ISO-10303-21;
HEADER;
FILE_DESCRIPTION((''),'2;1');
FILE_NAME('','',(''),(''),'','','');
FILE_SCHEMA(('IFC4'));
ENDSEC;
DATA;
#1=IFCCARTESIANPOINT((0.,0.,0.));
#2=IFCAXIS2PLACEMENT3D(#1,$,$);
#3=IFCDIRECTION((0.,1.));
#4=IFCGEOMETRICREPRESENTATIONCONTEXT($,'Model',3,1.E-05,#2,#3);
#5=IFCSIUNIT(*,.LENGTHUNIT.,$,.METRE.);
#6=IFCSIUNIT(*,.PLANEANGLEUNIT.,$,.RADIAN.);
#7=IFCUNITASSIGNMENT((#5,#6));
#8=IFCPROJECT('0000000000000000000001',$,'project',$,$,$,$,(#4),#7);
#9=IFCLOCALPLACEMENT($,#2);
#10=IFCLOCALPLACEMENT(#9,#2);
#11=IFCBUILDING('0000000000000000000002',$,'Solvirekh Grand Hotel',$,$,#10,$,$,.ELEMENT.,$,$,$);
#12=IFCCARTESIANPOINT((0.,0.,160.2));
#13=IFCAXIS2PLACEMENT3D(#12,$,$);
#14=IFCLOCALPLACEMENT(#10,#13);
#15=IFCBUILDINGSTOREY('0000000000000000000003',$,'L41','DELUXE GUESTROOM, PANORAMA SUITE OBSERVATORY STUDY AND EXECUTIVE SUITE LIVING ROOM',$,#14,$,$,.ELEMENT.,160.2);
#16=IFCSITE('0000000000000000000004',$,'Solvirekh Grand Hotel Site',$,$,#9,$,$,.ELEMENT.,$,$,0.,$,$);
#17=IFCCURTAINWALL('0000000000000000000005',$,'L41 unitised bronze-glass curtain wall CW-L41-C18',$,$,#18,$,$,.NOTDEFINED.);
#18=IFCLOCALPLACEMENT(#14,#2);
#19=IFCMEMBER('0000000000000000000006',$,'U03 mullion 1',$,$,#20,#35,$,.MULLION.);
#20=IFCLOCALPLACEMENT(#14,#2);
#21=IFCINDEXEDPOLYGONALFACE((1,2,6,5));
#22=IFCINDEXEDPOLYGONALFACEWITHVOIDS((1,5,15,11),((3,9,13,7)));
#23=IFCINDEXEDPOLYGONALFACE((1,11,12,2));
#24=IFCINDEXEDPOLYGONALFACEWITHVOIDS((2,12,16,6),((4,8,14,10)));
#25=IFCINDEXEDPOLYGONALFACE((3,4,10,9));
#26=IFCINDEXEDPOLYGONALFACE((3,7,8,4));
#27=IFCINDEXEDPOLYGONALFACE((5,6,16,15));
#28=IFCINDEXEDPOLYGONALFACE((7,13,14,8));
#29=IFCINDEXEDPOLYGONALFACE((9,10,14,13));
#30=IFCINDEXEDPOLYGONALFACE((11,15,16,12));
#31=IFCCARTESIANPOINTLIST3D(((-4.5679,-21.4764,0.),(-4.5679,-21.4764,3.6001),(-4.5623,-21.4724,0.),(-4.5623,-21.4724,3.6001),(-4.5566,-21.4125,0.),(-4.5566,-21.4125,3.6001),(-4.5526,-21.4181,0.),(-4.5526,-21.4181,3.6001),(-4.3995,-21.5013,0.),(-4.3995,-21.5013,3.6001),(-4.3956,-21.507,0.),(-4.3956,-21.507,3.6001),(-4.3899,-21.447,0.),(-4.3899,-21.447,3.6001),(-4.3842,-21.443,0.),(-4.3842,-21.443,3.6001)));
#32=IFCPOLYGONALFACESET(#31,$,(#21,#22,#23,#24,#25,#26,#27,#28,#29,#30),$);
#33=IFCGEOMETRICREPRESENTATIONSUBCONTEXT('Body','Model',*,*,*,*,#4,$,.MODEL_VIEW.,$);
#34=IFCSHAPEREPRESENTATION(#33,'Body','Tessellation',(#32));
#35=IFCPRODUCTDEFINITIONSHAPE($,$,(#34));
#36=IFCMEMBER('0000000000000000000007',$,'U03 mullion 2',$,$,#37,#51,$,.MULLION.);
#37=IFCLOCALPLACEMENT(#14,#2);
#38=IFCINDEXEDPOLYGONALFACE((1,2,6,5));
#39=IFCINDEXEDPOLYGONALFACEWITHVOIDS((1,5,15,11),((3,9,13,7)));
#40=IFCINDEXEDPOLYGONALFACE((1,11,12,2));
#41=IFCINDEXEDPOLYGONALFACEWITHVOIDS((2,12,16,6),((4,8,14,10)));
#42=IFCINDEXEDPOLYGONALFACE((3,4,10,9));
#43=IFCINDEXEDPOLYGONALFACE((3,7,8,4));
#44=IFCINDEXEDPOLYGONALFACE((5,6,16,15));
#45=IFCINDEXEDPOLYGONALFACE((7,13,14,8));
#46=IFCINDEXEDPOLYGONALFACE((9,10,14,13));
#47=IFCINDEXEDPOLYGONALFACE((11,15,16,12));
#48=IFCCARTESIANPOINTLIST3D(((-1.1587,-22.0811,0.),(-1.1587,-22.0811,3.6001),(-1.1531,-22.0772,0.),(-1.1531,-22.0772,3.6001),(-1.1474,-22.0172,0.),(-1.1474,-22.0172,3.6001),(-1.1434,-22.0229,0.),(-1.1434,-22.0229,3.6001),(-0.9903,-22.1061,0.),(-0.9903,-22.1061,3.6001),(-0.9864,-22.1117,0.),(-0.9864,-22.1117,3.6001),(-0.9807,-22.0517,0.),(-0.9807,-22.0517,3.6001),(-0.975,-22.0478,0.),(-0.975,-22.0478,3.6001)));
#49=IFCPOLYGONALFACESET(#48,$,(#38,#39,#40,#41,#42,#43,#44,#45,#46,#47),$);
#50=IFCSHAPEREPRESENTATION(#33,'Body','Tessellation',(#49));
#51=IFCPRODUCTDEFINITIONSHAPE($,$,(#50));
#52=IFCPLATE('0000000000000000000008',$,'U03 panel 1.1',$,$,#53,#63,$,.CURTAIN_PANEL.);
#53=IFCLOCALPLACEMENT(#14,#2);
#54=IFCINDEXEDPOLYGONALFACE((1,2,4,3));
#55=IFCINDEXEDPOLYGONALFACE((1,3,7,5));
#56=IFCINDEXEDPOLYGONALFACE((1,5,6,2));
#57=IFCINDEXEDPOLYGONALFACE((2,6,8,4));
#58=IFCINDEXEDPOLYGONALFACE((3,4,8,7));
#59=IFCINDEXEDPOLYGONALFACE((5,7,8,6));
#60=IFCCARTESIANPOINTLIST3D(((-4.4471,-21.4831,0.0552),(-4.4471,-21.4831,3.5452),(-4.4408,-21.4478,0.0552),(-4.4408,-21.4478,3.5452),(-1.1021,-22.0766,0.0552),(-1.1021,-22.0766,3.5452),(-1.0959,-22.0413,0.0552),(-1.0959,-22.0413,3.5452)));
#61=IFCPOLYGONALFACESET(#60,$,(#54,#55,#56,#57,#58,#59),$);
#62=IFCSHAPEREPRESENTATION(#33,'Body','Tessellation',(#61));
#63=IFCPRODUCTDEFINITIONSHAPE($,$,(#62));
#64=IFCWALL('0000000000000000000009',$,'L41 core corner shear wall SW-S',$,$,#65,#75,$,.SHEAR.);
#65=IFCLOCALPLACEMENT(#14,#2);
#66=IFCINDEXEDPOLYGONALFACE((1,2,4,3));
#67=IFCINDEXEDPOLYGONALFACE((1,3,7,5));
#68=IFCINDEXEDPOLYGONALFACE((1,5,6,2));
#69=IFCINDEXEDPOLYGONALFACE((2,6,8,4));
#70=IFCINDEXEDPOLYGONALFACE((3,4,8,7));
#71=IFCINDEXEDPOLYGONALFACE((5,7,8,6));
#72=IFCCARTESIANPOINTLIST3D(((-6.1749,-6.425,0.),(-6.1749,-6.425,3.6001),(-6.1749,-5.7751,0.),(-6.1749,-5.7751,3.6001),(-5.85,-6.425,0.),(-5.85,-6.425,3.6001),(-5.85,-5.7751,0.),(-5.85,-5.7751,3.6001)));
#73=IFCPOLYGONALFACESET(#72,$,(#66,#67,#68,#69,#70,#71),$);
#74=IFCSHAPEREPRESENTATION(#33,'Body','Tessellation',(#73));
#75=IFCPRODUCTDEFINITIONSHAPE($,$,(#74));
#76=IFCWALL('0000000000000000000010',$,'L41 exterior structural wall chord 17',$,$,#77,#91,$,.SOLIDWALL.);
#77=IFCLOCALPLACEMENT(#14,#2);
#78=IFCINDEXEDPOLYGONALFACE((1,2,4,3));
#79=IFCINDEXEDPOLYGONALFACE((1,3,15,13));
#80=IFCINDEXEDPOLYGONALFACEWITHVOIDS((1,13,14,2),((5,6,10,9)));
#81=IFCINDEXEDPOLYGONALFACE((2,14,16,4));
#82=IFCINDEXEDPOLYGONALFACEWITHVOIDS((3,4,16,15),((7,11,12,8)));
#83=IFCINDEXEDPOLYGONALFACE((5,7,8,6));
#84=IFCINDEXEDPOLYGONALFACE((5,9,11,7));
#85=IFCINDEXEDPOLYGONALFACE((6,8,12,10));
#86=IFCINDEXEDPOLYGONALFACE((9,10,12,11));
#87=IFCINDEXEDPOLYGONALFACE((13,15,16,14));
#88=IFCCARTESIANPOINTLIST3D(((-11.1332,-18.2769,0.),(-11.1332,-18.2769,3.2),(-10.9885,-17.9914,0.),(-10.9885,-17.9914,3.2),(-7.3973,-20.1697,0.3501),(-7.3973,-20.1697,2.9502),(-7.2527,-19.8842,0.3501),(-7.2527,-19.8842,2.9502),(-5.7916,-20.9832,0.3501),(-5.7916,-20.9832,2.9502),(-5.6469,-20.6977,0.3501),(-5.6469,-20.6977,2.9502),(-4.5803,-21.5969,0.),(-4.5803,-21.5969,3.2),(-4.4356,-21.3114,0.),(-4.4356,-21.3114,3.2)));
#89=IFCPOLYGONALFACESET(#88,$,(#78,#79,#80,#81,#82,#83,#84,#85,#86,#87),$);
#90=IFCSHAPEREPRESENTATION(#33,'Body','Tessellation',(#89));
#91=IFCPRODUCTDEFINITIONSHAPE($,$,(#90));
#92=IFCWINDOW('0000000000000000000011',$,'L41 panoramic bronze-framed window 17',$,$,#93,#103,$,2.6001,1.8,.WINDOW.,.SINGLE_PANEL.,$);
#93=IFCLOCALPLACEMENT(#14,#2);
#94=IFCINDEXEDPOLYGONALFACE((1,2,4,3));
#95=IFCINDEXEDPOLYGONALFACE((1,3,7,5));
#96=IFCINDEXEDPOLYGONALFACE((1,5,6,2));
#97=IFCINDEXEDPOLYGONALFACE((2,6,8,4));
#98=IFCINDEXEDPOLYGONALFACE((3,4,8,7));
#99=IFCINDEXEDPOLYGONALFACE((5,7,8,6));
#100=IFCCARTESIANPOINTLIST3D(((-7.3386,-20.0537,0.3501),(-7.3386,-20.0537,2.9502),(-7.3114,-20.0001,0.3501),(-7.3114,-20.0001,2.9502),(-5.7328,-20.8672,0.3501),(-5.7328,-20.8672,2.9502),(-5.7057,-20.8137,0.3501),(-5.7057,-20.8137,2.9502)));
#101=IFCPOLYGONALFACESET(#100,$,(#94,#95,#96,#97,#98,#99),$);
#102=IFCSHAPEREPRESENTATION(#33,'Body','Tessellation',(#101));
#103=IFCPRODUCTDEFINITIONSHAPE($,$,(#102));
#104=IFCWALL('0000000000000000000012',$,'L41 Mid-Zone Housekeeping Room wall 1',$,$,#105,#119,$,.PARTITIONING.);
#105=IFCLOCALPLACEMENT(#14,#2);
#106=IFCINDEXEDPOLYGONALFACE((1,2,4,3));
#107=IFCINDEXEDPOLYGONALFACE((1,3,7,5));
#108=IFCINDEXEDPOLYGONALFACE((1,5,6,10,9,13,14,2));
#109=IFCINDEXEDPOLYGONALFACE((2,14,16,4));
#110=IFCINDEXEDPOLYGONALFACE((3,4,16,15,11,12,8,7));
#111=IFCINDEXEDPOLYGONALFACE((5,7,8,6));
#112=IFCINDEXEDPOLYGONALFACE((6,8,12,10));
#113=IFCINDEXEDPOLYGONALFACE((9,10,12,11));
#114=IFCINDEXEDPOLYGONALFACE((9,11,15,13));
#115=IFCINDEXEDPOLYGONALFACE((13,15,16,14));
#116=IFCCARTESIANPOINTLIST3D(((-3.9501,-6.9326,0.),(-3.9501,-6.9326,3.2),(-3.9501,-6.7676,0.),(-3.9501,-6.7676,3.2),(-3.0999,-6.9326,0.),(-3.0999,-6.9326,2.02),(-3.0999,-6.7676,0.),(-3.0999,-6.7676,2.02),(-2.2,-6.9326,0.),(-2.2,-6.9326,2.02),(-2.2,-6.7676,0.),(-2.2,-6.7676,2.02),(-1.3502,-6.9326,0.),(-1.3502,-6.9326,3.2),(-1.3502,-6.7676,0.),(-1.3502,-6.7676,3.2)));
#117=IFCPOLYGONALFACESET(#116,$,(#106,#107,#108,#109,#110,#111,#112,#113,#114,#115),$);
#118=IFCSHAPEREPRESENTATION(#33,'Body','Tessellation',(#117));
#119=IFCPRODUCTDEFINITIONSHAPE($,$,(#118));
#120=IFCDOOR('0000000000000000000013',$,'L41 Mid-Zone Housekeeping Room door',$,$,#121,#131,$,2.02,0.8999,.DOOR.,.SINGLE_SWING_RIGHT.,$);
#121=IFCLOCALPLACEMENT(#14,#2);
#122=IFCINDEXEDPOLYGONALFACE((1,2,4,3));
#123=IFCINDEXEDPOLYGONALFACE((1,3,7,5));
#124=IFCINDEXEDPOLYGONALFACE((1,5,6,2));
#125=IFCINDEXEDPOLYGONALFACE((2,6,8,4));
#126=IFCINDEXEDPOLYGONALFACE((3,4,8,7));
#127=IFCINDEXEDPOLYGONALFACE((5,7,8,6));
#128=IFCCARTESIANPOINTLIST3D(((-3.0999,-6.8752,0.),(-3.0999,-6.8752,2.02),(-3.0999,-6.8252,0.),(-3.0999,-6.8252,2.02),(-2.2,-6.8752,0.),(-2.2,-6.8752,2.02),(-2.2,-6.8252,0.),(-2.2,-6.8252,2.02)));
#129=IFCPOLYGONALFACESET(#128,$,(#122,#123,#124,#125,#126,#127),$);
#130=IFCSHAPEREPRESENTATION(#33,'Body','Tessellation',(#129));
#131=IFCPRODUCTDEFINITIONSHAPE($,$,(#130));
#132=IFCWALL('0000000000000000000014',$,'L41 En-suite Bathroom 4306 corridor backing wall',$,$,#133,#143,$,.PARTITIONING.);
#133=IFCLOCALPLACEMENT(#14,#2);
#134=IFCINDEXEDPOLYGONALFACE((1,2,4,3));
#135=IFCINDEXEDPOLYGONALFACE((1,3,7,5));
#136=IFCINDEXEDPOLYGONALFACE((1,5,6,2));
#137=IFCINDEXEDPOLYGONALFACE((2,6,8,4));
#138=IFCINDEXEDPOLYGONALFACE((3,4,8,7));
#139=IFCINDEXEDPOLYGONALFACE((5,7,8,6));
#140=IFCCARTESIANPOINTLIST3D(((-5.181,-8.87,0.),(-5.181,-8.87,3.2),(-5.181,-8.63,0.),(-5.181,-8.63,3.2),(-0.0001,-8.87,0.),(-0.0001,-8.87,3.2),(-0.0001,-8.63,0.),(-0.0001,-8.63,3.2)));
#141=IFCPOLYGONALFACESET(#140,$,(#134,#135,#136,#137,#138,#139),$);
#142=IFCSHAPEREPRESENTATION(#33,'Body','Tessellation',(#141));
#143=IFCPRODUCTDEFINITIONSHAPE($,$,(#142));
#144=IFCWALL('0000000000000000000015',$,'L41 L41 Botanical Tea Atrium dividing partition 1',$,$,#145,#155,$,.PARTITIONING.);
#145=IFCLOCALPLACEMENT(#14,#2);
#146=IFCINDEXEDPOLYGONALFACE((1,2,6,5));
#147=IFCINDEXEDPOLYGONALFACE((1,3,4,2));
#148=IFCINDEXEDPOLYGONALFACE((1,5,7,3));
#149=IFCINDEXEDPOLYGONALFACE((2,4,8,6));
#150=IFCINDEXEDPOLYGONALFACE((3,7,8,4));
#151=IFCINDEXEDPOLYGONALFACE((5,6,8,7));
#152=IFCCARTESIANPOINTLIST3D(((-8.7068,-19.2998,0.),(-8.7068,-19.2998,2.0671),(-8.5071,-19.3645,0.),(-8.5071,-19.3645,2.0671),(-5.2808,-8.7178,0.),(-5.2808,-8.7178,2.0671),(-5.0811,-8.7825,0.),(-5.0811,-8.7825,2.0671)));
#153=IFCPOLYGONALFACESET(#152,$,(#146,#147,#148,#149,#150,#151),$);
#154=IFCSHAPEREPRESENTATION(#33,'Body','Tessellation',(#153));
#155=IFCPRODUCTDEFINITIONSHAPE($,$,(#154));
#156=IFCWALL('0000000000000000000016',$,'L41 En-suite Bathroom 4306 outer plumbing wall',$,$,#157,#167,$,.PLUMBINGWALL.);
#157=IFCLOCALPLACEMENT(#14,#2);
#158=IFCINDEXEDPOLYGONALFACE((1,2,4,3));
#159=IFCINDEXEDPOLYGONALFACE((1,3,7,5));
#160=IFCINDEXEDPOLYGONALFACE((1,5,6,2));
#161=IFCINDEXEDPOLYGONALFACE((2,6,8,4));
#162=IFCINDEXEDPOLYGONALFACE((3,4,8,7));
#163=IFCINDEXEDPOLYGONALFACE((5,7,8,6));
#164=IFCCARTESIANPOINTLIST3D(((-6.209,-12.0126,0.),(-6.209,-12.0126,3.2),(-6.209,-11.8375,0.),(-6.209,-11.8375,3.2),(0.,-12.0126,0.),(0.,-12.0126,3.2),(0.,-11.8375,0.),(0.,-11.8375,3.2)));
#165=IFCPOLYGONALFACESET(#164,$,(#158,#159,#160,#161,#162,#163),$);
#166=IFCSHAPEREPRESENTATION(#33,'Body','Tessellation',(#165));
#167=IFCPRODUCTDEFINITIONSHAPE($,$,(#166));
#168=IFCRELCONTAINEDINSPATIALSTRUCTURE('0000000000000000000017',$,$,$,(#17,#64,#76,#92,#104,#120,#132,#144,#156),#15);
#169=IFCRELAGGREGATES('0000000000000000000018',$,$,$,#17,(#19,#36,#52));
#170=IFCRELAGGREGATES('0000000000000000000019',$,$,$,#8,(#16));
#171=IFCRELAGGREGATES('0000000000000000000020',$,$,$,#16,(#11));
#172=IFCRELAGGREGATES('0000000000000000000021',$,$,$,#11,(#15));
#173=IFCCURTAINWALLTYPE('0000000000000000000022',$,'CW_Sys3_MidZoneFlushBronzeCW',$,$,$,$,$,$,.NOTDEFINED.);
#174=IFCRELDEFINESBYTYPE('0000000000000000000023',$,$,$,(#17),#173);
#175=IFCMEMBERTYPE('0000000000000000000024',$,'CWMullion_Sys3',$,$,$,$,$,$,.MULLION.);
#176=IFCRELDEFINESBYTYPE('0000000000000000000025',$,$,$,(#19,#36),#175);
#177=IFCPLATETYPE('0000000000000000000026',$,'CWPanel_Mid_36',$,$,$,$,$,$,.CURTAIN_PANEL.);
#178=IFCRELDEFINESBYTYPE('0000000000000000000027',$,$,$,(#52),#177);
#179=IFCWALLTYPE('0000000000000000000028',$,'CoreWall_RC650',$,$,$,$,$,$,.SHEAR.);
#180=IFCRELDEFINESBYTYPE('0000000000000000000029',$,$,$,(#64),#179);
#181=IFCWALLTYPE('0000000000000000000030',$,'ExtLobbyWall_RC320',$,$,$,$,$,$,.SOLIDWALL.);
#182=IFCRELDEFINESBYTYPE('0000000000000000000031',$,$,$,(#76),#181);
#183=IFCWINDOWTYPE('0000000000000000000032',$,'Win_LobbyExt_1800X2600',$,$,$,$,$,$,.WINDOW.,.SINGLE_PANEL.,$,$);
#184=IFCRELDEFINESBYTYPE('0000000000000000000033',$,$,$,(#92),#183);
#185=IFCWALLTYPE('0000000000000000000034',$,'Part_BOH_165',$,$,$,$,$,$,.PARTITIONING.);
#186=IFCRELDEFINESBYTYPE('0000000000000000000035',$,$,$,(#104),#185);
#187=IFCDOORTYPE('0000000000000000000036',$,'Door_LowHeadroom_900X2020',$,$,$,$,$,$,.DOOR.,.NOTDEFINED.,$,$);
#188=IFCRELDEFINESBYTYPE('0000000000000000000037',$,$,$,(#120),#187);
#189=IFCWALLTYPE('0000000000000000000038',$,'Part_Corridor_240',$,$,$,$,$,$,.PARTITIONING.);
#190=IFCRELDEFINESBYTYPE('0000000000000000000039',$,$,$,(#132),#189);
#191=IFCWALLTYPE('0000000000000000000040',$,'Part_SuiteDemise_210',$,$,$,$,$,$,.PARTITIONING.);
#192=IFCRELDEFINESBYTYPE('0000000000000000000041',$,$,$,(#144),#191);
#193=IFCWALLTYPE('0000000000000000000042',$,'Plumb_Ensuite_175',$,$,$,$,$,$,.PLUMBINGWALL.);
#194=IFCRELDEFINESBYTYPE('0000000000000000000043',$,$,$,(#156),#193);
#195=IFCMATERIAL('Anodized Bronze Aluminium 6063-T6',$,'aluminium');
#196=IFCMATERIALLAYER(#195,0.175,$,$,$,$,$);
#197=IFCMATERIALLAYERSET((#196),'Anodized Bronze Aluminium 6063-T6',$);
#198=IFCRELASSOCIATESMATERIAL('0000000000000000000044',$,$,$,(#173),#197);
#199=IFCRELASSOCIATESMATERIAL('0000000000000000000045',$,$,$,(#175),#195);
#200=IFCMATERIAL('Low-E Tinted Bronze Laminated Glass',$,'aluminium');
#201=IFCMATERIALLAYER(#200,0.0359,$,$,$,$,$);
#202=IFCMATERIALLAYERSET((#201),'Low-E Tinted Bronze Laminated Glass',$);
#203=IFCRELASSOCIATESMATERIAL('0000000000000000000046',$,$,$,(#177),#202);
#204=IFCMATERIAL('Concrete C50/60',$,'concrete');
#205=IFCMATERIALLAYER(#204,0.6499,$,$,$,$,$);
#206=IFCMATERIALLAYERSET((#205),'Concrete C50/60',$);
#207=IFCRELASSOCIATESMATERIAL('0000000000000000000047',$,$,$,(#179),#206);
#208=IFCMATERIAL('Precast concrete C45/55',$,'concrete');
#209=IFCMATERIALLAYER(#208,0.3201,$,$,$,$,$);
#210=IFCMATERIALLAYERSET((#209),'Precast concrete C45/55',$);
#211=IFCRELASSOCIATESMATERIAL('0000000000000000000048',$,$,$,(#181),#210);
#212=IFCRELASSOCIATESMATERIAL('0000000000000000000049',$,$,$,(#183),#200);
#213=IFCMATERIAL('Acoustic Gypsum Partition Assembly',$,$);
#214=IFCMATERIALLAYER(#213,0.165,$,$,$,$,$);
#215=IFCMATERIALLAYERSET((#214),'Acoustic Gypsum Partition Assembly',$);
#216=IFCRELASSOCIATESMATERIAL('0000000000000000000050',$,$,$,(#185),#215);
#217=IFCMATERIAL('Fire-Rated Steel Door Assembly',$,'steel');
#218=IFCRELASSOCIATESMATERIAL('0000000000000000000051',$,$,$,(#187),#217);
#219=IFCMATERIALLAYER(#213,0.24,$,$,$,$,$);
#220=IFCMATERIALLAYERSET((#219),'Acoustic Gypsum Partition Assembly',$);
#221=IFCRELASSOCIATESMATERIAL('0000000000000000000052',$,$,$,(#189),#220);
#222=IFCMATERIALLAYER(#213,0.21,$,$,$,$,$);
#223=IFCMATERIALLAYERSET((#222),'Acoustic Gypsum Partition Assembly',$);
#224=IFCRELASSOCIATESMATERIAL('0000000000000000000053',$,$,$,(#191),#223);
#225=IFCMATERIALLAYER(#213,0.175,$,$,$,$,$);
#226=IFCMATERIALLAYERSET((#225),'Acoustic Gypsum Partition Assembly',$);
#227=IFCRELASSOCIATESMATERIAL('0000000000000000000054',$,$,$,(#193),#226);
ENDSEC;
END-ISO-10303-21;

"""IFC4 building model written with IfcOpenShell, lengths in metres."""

from ifc_helpers import new_model, si_unit, direction, frame, frame_2d, origin, origin_2d, place, context, subcontext, project, spatial, rectangle, hollow_rectangle, extrude, source, transform, mapped, material, layer, layer_set, material_profile, profile_set, type_object, element, fill, aggregate, save


model = new_model("IFC4")

# Units and contexts
model_context = context("Model", 3, precision=1e-05, world=origin(), true_north=direction((0.0, 1.0)))
body_context = subcontext(model_context, "Body", "Model", "MODEL_VIEW")
ifc_project = project(units=[si_unit("LENGTHUNIT", "METRE"), si_unit("PLANEANGLEUNIT", "RADIAN")], contexts=[model_context])

# Site, building, storey
site_placement = place(None, origin())
site = spatial("IfcSite", under=ifc_project, at=site_placement, Name="Solvirekh Grand Hotel Site", CompositionType="ELEMENT", RefElevation=0.0)
building_placement = place(site_placement, origin())
building = spatial("IfcBuilding", under=site, at=building_placement, Name="Solvirekh Grand Hotel", CompositionType="ELEMENT")
storey_placement = place(building_placement, frame((0.0, 0.0, 160.2)))
storey = spatial("IfcBuildingStorey", under=building, at=storey_placement, Name="L41", Description="DELUXE GUESTROOM, PANORAMA SUITE OBSERVATORY STUDY AND EXECUTIVE SUITE LIVING ROOM", CompositionType="ELEMENT", Elevation=160.2)

# Shared definitions
ifc_material_1 = material(Name="Concrete C50/60", Category="concrete")

# Curtain wall, members, plate
ifc_material_2 = material(Name="Anodized Bronze Aluminium 6063-T6", Category="aluminium")
ifc_layer_1 = layer(ifc_material_2, 0.175)
ifc_layer_set_1 = layer_set([ifc_layer_1], Name="Anodized Bronze Aluminium 6063-T6")
curtain_wall_type = type_object("IfcCurtainWallType", Name="CW_Sys3_MidZoneFlushBronzeCW", PredefinedType="NOTDEFINED", material=ifc_layer_set_1)
curtain_wall_placement = place(storey_placement, origin())
curtain_wall = element("IfcCurtainWall", 1, at=curtain_wall_placement, inside=storey, type_object=curtain_wall_type, Name="L41 unitised bronze-glass curtain wall CW-L41-C18", PredefinedType="NOTDEFINED")
ifc_material_profile_1 = material_profile(ifc_material_2, hollow_rectangle(XDim=0.0649, YDim=0.175, WallThickness=0.0049, at=origin_2d()), Name="ALU RHS 175X65X5")
ifc_profile_set_1 = profile_set([ifc_material_profile_1], Name="Anodized Bronze Aluminium 6063-T6")
member_type_1 = type_object("IfcMemberType", Name="CWMullion_Sys3", PredefinedType="MULLION", material=ifc_profile_set_1)
shared_shape_1 = source(origin(), body_context, "Body", "SweptSolid", [
    extrude(hollow_rectangle(XDim=0.0649, YDim=0.175, WallThickness=0.0049, at=origin_2d()), origin(), (0.0, 0.0, 1.0), 3.6001),
])
member_1_placement = place(storey_placement, frame((-4.4761, -21.4597, 0.0), z_axis=(0.0, 0.0, 1.0), x_axis=(0.174691, 0.984623, 0.0)))
member_1 = element("IfcMember", 2, at=member_1_placement, type_object=member_type_1, Name="U03 mullion 1", PredefinedType="MULLION", context=body_context, shape_type="MappedRepresentation", body=[
    mapped(shared_shape_1, transform((0.0, 0.0, 0.0), x_axis=(1.0, 0.0, 0.0), y_axis=(0.0, 1.0, 0.0), z_axis=(0.0, 0.0, 1.0), scale=1.0)),
])
member_2_placement = place(storey_placement, frame((-1.0669, -22.0645, 0.0), z_axis=(0.0, 0.0, 1.0), x_axis=(0.174691, 0.984623, 0.0)))
member_2 = element("IfcMember", 3, at=member_2_placement, type_object=member_type_1, Name="U03 mullion 2", PredefinedType="MULLION", context=body_context, shape_type="MappedRepresentation", body=[
    mapped(shared_shape_1, transform((0.0, 0.0, 0.0), x_axis=(1.0, 0.0, 0.0), y_axis=(0.0, 1.0, 0.0), z_axis=(0.0, 0.0, 1.0), scale=1.0)),
])
ifc_material_3 = material(Name="Low-E Tinted Bronze Laminated Glass", Category="aluminium")
ifc_layer_2 = layer(ifc_material_3, 0.0359)
ifc_layer_set_2 = layer_set([ifc_layer_2], Name="Low-E Tinted Bronze Laminated Glass")
plate_type = type_object("IfcPlateType", Name="CWPanel_Mid_36", PredefinedType="CURTAIN_PANEL", material=ifc_layer_set_2)
shared_shape_2 = source(origin(), body_context, "Body", "SweptSolid", [
    extrude(rectangle(XDim=3.3972, YDim=0.0359, at=origin_2d()), origin(), (0.0, 0.0, 1.0), 3.49),
])
plate_placement = place(storey_placement, frame((-2.7715, -21.7622, 0.0552), z_axis=(0.0, 0.0, 1.0), x_axis=(0.984623, -0.174691, 0.0)))
plate = element("IfcPlate", 4, at=plate_placement, type_object=plate_type, Name="U03 panel 1.1", PredefinedType="CURTAIN_PANEL", context=body_context, shape_type="MappedRepresentation", body=[
    mapped(shared_shape_2, transform((0.0, 0.0, 0.0), x_axis=(1.0, 0.0, 0.0), y_axis=(0.0, 1.0, 0.0), z_axis=(0.0, 0.0, 1.0), scale=1.0)),
])
aggregate(curtain_wall, [member_1, member_2, plate])

# Wall
ifc_layer_3 = layer(ifc_material_1, 0.6499)
ifc_layer_set_3 = layer_set([ifc_layer_3], Name="Concrete C50/60")
wall_type_1 = type_object("IfcWallType", Name="CoreWall_RC650", PredefinedType="SHEAR", material=ifc_layer_set_3)
wall_1_placement = place(storey_placement, frame((-6.175, -6.1001, 0.0), z_axis=(0.0, 0.0, 1.0), x_axis=(1.0, 0.0, 0.0)))
element("IfcWall", 5, at=wall_1_placement, inside=storey, type_object=wall_type_1, Name="L41 core corner shear wall SW-S", PredefinedType="SHEAR", context=body_context, shape_type="SweptSolid", body=[
    extrude(rectangle(XDim=0.325, YDim=0.6499, at=frame_2d((0.1626, 0.0))), origin(), (0.0, 0.0, 1.0), 3.6001),
])

# Wall, opening, window
ifc_material_4 = material(Name="Precast concrete C45/55", Category="concrete")
ifc_layer_4 = layer(ifc_material_4, 0.3201)
ifc_layer_set_4 = layer_set([ifc_layer_4], Name="Precast concrete C45/55")
wall_type_2 = type_object("IfcWallType", Name="ExtLobbyWall_RC320", PredefinedType="SOLIDWALL", material=ifc_layer_set_4)
wall_2_placement = place(storey_placement, frame((-4.5081, -21.4541, 0.0), z_axis=(0.0, 0.0, 1.0), x_axis=(-0.892042, 0.451953, 0.0)))
wall_2 = element("IfcWall", 6, at=wall_2_placement, inside=storey, type_object=wall_type_2, Name="L41 exterior structural wall chord 17", PredefinedType="SOLIDWALL", context=body_context, shape_type="SweptSolid", body=[
    extrude(rectangle(XDim=7.3459, YDim=0.3201, at=frame_2d((3.6729, 0.0))), origin(), (0.0, 0.0, 1.0), 3.2),
])
opening_1_placement = place(wall_2_placement, frame((1.3579, 0.0, 0.3501)))
opening_1 = element("IfcOpeningElement", 7, at=opening_1_placement, cuts=wall_2, PredefinedType="OPENING", context=body_context, shape_type="SweptSolid", body=[
    extrude(rectangle(XDim=1.8, YDim=2.6001, at=frame_2d((0.8999, 1.3))), frame((0.0, 0.1699, 0.0), z_axis=(0.0, -1.0, 0.0), x_axis=(1.0, 0.0, 0.0)), (0.0, 0.0, 1.0), 0.3401),
])
window_type = type_object("IfcWindowType", Name="Win_LobbyExt_1800X2600", PartitioningType="SINGLE_PANEL", PredefinedType="WINDOW", material=ifc_material_3)
window_placement = place(opening_1_placement, origin())
window = element("IfcWindow", 8, at=window_placement, inside=storey, type_object=window_type, Name="L41 panoramic bronze-framed window 17", OverallHeight=2.6001, OverallWidth=1.8, PartitioningType="SINGLE_PANEL", PredefinedType="WINDOW", context=body_context, shape_type="SweptSolid", body=[
    extrude(rectangle(XDim=1.8, YDim=2.6001, at=frame_2d((0.8999, 1.3))), frame((0.0, 0.03, 0.0), z_axis=(0.0, -1.0, 0.0), x_axis=(1.0, 0.0, 0.0)), (0.0, 0.0, 1.0), 0.0601),
])
fill(opening_1, window)

# Wall, opening, door
ifc_material_5 = material(Name="Acoustic Gypsum Partition Assembly")
ifc_layer_5 = layer(ifc_material_5, 0.165)
ifc_layer_set_5 = layer_set([ifc_layer_5], Name="Acoustic Gypsum Partition Assembly")
wall_type_3 = type_object("IfcWallType", Name="Part_BOH_165", PredefinedType="PARTITIONING", material=ifc_layer_set_5)
wall_3_placement = place(storey_placement, frame((-3.95, -6.8501, 0.0), z_axis=(0.0, 0.0, 1.0), x_axis=(1.0, 0.0, 0.0)))
wall_3 = element("IfcWall", 9, at=wall_3_placement, inside=storey, type_object=wall_type_3, Name="L41 Mid-Zone Housekeeping Room wall 1", PredefinedType="PARTITIONING", context=body_context, shape_type="SweptSolid", body=[
    extrude(rectangle(XDim=2.5999, YDim=0.165, at=frame_2d((1.2998, 0.0))), origin(), (0.0, 0.0, 1.0), 3.2),
])
opening_2_placement = place(wall_3_placement, frame((0.8501, 0.0, 0.0)))
opening_2 = element("IfcOpeningElement", 10, at=opening_2_placement, cuts=wall_3, PredefinedType="OPENING", context=body_context, shape_type="SweptSolid", body=[
    extrude(rectangle(XDim=0.8999, YDim=2.02, at=frame_2d((0.45, 1.01))), frame((0.0, 0.0925, 0.0), z_axis=(0.0, -1.0, 0.0), x_axis=(1.0, 0.0, 0.0)), (0.0, 0.0, 1.0), 0.1851),
])
ifc_material_6 = material(Name="Fire-Rated Steel Door Assembly", Category="steel")
door_type = type_object("IfcDoorType", Name="Door_LowHeadroom_900X2020", OperationType="NOTDEFINED", PredefinedType="DOOR", material=ifc_material_6)
door_placement = place(opening_2_placement, origin())
door = element("IfcDoor", 11, at=door_placement, inside=storey, type_object=door_type, Name="L41 Mid-Zone Housekeeping Room door", OperationType="SINGLE_SWING_RIGHT", OverallHeight=2.02, OverallWidth=0.8999, PredefinedType="DOOR", context=body_context, shape_type="SweptSolid", body=[
    extrude(rectangle(XDim=0.8999, YDim=2.02, at=frame_2d((0.45, 1.01))), frame((0.0, 0.0249, 0.0), z_axis=(0.0, -1.0, 0.0), x_axis=(1.0, 0.0, 0.0)), (0.0, 0.0, 1.0), 0.05),
])
fill(opening_2, door)

# Walls
ifc_layer_6 = layer(ifc_material_5, 0.24)
ifc_layer_set_6 = layer_set([ifc_layer_6], Name="Acoustic Gypsum Partition Assembly")
wall_type_4 = type_object("IfcWallType", Name="Part_Corridor_240", PredefinedType="PARTITIONING", material=ifc_layer_set_6)
wall_4_placement = place(storey_placement, frame((-5.1809, -8.75, 0.0), z_axis=(0.0, 0.0, 1.0), x_axis=(1.0, 0.0, 0.0)))
element("IfcWall", 12, at=wall_4_placement, inside=storey, type_object=wall_type_4, Name="L41 En-suite Bathroom 4306 corridor backing wall", PredefinedType="PARTITIONING", context=body_context, shape_type="SweptSolid", body=[
    extrude(rectangle(XDim=5.1809, YDim=0.24, at=frame_2d((2.5903, 0.0))), origin(), (0.0, 0.0, 1.0), 3.2),
])
ifc_layer_7 = layer(ifc_material_5, 0.21)
ifc_layer_set_7 = layer_set([ifc_layer_7], Name="Acoustic Gypsum Partition Assembly")
wall_type_5 = type_object("IfcWallType", Name="Part_SuiteDemise_210", PredefinedType="PARTITIONING", material=ifc_layer_set_7)
wall_5_placement = place(storey_placement, frame((-5.1809, -8.75, 0.0), z_axis=(0.0, 0.0, 1.0), x_axis=(-0.308018, -0.951381, 0.0)))
element("IfcWall", 13, at=wall_5_placement, inside=storey, type_object=wall_type_5, Name="L41 L41 Botanical Tea Atrium dividing partition 1", PredefinedType="PARTITIONING", context=body_context, shape_type="SweptSolid", body=[
    extrude(rectangle(XDim=11.1228, YDim=0.21, at=frame_2d((5.5615, 0.0))), origin(), (0.0, 0.0, 1.0), 2.0671),
])
ifc_layer_8 = layer(ifc_material_5, 0.175)
ifc_layer_set_8 = layer_set([ifc_layer_8], Name="Acoustic Gypsum Partition Assembly")
wall_type_6 = type_object("IfcWallType", Name="Plumb_Ensuite_175", PredefinedType="PLUMBINGWALL", material=ifc_layer_set_8)
wall_6_placement = place(storey_placement, frame((-6.209, -11.925, 0.0), z_axis=(0.0, 0.0, 1.0), x_axis=(1.0, 0.0, 0.0)))
element("IfcWall", 14, at=wall_6_placement, inside=storey, type_object=wall_type_6, Name="L41 En-suite Bathroom 4306 outer plumbing wall", PredefinedType="PLUMBINGWALL", context=body_context, shape_type="SweptSolid", body=[
    extrude(rectangle(XDim=6.209, YDim=0.175, at=frame_2d((3.1045, 0.0))), origin(), (0.0, 0.0, 1.0), 3.2),
])

save(model, "model.ifc")
